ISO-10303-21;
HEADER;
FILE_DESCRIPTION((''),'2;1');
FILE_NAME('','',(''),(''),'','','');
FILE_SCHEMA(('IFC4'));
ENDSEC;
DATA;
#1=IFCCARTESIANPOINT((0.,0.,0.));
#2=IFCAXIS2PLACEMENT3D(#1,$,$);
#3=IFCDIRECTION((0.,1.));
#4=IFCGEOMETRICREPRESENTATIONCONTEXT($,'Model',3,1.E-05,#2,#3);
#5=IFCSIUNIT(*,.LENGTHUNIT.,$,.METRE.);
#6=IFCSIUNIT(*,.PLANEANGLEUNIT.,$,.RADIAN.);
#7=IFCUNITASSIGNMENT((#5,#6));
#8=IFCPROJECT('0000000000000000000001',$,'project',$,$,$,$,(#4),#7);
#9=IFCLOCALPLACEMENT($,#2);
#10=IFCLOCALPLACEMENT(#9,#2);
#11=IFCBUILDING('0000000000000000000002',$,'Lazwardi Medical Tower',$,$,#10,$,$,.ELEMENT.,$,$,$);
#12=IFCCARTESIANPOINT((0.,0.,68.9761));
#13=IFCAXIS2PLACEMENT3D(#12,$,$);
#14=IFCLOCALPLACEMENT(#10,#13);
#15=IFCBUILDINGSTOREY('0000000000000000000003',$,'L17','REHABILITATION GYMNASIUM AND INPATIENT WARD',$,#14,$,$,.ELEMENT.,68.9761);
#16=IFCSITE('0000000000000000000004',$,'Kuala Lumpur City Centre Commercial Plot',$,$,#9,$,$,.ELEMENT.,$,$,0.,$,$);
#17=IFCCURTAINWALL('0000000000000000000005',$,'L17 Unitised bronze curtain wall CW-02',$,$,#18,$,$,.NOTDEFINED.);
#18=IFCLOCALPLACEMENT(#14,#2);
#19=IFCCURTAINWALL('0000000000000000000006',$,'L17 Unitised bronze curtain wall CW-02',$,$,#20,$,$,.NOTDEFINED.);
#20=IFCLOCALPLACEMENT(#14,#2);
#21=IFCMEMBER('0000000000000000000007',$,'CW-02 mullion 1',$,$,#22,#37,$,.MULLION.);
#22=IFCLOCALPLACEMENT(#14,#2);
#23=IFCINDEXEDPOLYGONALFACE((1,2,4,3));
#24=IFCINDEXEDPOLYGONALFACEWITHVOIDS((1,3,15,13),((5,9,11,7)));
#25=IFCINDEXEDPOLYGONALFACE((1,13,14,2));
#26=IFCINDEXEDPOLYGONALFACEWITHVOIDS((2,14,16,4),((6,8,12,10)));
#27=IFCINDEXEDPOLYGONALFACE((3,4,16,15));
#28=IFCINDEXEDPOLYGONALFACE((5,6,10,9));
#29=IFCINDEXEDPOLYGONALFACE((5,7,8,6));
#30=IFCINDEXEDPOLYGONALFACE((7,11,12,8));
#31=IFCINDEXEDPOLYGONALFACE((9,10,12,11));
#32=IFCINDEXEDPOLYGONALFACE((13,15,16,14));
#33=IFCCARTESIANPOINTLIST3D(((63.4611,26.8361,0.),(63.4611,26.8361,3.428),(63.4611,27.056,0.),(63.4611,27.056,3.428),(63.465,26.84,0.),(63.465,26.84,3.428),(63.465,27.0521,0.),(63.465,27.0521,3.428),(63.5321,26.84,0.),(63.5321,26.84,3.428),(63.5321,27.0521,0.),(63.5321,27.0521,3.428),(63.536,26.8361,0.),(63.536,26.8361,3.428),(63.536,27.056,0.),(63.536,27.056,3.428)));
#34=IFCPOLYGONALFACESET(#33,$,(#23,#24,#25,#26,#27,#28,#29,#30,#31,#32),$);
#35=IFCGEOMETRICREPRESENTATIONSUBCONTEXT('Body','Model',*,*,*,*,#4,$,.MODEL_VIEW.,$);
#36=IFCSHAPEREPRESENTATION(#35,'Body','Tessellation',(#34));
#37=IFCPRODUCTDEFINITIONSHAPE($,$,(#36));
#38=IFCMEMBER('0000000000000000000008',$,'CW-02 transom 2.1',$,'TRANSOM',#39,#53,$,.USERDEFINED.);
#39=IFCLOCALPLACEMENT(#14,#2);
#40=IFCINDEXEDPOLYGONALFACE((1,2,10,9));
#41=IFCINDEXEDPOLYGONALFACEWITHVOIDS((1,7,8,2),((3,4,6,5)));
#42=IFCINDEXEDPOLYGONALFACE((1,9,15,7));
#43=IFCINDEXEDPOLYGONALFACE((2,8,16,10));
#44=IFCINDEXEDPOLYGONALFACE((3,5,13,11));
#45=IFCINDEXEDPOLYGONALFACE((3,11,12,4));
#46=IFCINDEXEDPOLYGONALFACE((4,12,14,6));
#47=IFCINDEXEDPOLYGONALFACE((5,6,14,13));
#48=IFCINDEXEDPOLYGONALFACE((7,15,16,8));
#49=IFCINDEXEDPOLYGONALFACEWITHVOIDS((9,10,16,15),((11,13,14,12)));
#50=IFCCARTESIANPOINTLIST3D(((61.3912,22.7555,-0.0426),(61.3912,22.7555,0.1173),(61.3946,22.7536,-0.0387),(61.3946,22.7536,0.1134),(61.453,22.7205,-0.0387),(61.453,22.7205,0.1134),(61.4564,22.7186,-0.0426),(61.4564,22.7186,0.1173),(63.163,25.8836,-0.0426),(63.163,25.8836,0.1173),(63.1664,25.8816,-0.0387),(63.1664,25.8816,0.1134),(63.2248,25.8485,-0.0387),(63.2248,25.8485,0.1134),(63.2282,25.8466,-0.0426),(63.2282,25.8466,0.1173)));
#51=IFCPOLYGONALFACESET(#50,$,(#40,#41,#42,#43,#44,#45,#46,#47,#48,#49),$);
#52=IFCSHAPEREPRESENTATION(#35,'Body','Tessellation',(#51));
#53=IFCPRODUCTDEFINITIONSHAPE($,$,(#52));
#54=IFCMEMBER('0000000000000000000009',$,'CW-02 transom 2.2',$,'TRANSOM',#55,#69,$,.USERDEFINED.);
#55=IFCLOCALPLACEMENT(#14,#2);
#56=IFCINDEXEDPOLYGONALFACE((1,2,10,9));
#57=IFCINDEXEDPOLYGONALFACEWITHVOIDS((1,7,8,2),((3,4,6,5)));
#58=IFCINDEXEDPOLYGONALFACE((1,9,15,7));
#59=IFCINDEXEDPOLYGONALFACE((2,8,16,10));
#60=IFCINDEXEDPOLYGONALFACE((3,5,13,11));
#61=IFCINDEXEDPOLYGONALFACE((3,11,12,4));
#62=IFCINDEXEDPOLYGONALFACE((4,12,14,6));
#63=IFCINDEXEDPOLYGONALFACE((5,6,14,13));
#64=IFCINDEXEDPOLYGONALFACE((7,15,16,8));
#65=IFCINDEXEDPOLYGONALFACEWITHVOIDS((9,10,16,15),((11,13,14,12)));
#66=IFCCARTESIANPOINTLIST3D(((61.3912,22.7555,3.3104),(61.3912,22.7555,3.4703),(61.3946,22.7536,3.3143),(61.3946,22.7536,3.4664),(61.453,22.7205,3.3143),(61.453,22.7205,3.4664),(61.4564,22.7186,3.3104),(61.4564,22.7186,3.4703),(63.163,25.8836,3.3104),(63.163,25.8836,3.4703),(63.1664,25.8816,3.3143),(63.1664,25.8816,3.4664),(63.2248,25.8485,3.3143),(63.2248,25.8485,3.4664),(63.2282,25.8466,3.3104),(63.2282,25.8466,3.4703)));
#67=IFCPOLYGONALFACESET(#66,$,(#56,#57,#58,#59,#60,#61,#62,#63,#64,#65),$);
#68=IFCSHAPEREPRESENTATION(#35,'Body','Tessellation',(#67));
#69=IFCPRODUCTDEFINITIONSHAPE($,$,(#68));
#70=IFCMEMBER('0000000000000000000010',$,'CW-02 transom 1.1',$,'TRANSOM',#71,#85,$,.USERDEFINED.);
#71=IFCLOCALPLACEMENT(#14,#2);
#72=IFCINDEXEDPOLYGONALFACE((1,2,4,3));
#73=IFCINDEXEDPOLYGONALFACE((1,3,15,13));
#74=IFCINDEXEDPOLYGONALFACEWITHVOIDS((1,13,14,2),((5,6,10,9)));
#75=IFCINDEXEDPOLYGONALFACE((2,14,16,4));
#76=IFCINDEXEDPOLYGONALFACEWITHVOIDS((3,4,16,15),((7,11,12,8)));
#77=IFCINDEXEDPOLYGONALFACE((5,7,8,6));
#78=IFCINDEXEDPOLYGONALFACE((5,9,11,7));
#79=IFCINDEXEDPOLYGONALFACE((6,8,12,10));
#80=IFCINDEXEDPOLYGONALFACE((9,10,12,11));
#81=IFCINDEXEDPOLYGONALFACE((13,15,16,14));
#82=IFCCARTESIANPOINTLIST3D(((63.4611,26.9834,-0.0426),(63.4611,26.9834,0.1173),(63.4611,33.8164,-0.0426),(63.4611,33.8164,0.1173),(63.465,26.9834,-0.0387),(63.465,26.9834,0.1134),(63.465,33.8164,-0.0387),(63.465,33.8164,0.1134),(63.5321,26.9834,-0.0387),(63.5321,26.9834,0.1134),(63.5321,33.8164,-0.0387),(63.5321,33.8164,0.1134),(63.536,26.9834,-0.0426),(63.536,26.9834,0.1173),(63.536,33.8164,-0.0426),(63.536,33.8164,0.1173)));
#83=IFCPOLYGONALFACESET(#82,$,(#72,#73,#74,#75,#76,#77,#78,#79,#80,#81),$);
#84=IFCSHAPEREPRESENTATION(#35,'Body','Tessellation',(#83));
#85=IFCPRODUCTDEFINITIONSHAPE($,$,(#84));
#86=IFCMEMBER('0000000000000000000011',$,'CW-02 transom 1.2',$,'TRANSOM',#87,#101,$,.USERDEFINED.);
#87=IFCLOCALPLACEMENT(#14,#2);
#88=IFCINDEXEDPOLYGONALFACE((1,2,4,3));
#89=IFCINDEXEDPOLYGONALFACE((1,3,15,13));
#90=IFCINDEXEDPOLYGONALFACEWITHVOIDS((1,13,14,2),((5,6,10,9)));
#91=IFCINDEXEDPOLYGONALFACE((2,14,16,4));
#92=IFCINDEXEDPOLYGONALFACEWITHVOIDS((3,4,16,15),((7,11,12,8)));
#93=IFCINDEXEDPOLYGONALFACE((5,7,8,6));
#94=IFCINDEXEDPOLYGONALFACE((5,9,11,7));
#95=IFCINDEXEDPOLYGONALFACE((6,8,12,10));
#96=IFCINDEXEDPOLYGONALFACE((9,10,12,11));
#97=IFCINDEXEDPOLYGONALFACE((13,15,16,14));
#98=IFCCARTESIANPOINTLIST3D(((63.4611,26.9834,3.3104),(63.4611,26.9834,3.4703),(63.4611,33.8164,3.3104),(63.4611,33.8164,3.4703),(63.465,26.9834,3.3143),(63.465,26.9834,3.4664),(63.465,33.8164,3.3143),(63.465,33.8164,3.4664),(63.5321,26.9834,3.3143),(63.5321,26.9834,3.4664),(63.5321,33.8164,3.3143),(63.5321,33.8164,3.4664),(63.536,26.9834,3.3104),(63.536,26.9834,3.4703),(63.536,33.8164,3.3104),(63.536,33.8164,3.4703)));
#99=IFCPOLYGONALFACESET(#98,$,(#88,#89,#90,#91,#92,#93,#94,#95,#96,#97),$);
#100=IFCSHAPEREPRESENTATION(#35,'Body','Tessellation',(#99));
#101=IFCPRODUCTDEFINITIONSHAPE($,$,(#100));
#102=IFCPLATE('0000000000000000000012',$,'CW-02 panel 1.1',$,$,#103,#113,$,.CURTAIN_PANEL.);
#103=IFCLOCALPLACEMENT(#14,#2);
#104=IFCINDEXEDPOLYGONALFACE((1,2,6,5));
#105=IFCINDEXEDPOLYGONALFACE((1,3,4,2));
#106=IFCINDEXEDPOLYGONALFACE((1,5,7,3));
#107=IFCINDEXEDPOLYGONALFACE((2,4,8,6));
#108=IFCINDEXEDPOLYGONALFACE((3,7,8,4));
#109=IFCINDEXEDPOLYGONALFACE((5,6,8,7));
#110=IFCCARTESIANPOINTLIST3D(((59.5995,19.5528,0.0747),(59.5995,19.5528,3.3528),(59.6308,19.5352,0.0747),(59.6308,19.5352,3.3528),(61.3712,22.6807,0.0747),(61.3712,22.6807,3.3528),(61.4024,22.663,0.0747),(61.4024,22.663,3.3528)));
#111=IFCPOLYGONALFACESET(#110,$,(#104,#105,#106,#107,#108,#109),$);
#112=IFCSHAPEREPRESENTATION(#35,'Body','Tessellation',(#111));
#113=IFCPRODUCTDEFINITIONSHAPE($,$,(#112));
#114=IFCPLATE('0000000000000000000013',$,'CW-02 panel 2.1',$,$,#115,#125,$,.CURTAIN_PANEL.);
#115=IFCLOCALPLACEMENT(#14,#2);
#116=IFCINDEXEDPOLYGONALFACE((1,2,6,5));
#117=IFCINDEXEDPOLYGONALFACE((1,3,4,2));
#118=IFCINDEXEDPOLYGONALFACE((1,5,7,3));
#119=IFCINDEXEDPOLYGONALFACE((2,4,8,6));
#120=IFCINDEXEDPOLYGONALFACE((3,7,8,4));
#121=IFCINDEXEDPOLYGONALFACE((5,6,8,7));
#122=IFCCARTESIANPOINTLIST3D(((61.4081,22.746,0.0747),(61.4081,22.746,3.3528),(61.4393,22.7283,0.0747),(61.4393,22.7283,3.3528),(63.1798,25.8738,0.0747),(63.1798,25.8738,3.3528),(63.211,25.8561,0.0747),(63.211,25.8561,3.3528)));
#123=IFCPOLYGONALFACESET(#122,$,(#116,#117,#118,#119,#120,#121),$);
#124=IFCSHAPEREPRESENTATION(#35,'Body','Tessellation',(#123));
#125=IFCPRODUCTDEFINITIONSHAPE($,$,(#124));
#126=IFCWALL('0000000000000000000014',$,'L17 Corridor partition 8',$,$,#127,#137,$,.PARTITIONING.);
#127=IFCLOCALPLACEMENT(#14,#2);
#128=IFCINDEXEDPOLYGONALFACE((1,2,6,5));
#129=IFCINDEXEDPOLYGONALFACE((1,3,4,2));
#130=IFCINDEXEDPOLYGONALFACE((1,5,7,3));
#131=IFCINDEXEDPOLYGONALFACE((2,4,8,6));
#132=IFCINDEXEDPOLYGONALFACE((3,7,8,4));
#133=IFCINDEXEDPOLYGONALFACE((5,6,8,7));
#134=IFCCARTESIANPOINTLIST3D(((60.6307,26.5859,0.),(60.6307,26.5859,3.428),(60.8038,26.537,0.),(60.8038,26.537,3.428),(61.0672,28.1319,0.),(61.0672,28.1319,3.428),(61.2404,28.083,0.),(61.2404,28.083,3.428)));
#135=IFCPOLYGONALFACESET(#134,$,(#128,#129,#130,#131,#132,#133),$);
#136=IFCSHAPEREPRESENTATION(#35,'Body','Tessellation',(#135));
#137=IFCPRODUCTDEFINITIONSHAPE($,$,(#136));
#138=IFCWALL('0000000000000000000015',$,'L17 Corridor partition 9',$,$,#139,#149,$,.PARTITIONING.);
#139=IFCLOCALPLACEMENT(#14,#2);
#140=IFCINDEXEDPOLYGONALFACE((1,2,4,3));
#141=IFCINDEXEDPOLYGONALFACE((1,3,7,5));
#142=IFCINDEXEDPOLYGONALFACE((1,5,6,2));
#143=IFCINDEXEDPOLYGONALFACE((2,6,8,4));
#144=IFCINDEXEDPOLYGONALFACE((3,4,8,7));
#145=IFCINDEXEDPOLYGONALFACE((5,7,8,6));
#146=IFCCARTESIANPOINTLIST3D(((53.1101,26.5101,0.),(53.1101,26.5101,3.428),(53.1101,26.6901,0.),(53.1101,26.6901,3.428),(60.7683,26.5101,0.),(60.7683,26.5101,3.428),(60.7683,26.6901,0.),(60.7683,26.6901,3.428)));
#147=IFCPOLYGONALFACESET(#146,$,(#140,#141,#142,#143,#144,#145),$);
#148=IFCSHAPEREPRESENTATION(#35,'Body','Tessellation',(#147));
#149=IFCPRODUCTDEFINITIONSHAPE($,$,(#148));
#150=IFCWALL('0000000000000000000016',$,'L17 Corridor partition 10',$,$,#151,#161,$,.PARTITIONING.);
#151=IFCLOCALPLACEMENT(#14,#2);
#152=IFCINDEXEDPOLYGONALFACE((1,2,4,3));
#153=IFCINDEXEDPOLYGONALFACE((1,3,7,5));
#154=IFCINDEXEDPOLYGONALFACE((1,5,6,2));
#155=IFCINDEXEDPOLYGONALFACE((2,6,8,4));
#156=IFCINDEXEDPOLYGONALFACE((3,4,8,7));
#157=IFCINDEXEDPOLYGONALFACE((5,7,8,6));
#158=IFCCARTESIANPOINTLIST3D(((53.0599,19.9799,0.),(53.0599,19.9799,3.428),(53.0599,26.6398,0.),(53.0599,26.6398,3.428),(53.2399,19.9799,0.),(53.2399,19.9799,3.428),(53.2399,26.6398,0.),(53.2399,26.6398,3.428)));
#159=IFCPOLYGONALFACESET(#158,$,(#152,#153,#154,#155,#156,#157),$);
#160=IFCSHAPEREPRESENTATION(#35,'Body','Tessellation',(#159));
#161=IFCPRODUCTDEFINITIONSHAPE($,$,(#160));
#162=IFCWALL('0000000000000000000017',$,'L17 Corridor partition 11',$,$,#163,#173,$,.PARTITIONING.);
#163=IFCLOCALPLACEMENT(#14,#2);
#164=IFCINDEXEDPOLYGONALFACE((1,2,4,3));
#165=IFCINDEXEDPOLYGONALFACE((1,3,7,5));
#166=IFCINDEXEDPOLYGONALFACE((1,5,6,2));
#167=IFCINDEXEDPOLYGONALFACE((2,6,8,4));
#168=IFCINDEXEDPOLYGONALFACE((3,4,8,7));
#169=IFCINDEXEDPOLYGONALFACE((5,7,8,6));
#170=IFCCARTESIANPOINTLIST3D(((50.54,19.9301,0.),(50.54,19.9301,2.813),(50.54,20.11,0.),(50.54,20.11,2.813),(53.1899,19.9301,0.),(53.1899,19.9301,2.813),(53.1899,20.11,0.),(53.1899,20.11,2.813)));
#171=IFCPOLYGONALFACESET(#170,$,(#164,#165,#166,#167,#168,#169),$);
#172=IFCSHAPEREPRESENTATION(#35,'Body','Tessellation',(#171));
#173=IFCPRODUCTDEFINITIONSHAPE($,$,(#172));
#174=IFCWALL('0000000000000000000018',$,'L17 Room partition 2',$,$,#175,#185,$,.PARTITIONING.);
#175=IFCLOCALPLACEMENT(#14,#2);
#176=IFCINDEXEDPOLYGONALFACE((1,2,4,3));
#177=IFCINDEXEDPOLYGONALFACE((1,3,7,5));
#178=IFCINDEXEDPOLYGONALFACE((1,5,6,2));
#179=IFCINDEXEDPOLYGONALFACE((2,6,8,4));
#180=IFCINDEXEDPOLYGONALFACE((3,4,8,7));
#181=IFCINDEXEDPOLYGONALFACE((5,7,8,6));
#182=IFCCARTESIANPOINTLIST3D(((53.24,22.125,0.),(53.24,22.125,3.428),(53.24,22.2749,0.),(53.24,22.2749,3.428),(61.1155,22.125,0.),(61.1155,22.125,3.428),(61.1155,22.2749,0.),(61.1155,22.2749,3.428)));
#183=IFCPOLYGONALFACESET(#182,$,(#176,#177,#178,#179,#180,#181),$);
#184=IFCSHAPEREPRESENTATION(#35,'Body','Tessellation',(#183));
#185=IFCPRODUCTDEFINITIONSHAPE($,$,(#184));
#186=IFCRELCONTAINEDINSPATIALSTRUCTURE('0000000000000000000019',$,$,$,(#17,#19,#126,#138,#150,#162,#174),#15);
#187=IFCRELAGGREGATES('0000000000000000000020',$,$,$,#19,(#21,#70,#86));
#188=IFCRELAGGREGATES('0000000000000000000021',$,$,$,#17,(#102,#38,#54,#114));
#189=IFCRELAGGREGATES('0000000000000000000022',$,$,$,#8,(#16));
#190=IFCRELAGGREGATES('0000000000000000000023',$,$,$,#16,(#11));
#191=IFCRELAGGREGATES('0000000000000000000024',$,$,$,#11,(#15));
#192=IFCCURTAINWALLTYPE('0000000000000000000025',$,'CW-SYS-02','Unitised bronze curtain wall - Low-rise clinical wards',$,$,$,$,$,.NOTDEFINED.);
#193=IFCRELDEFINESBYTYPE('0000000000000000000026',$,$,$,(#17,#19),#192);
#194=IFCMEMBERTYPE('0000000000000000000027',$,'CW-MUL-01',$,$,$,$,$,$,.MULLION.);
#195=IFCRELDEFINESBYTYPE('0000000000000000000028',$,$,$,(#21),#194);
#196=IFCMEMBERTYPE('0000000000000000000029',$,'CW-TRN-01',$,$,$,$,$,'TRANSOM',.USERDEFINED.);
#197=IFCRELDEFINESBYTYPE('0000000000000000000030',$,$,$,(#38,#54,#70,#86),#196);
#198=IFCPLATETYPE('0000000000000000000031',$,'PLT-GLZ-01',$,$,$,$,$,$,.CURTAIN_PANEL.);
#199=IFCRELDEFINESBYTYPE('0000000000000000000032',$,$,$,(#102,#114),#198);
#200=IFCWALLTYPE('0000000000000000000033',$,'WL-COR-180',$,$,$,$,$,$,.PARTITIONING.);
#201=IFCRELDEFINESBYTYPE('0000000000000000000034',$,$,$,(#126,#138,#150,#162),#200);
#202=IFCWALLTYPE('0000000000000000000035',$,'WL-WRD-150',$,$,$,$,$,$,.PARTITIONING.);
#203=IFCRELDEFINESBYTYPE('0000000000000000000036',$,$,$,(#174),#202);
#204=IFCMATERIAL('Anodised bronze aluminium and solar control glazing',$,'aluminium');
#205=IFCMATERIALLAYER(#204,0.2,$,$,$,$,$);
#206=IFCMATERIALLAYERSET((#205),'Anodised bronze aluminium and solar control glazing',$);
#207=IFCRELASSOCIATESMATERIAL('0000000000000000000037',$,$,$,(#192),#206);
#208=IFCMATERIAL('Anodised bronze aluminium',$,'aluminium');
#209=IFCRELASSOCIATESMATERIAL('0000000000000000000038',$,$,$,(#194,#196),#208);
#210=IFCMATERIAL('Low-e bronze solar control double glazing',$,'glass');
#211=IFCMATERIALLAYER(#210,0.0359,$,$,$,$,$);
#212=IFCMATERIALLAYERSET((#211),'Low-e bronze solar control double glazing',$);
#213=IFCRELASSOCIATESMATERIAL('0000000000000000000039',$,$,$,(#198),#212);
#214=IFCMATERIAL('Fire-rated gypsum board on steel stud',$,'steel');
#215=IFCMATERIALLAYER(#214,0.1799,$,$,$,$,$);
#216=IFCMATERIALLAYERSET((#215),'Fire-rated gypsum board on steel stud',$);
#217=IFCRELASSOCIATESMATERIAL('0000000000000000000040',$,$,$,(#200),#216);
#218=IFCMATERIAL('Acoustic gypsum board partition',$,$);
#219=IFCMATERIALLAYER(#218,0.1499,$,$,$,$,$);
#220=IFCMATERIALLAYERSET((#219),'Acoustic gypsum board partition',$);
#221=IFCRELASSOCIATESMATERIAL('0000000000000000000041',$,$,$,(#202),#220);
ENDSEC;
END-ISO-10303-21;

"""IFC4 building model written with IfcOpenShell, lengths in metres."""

from ifc_helpers import new_model, si_unit, direction, frame, frame_2d, origin, origin_2d, place, context, subcontext, project, spatial, rectangle, hollow_rectangle, extrude, material, layer, layer_set, material_profile, profile_set, type_object, element, aggregate, save


model = new_model("IFC4")

# Units and contexts
model_context = context("Model", 3, precision=1e-05, world=origin(), true_north=direction((0.0, 1.0)))
body_context = subcontext(model_context, "Body", "Model", "MODEL_VIEW")
ifc_project = project(units=[si_unit("LENGTHUNIT", "METRE"), si_unit("PLANEANGLEUNIT", "RADIAN")], contexts=[model_context])

# Site, building, storey
site_placement = place(None, origin())
site = spatial("IfcSite", under=ifc_project, at=site_placement, Name="Kuala Lumpur City Centre Commercial Plot", CompositionType="ELEMENT", RefElevation=0.0)
building_placement = place(site_placement, origin())
building = spatial("IfcBuilding", under=site, at=building_placement, Name="Lazwardi Medical Tower", CompositionType="ELEMENT")
storey_placement = place(building_placement, frame((0.0, 0.0, 68.9761)))
storey = spatial("IfcBuildingStorey", under=building, at=storey_placement, Name="L17", Description="REHABILITATION GYMNASIUM AND INPATIENT WARD", CompositionType="ELEMENT", Elevation=68.9761)

# Curtain wall
ifc_material_1 = material(Name="Anodised bronze aluminium and solar control glazing", Category="aluminium")
ifc_layer_1 = layer(ifc_material_1, 0.2)
ifc_layer_set_1 = layer_set([ifc_layer_1], Name="Anodised bronze aluminium and solar control glazing")
curtain_wall_type = type_object("IfcCurtainWallType", Name="CW-SYS-02", Description="Unitised bronze curtain wall - Low-rise clinical wards", PredefinedType="NOTDEFINED", material=ifc_layer_set_1)
curtain_wall_1_placement = place(storey_placement, origin())
curtain_wall_1 = element("IfcCurtainWall", 1, at=curtain_wall_1_placement, inside=storey, type_object=curtain_wall_type, Name="L17 Unitised bronze curtain wall CW-02", PredefinedType="NOTDEFINED")
ifc_material_2 = material(Name="Anodised bronze aluminium", Category="aluminium")
ifc_material_profile_1 = material_profile(ifc_material_2, hollow_rectangle(XDim=0.075, YDim=0.22, WallThickness=0.0039, at=origin_2d()), Name="ALU-MULLION 220x75x4")
ifc_profile_set_1 = profile_set([ifc_material_profile_1], Name="Anodised bronze aluminium")
member_type_1 = type_object("IfcMemberType", Name="CW-MUL-01", PredefinedType="MULLION", material=ifc_profile_set_1)

# Curtain wall, member
curtain_wall_2_placement = place(storey_placement, origin())
curtain_wall_2 = element("IfcCurtainWall", 2, at=curtain_wall_2_placement, inside=storey, type_object=curtain_wall_type, Name="L17 Unitised bronze curtain wall CW-02", PredefinedType="NOTDEFINED")
member_1_placement = place(storey_placement, frame((63.4985, 26.946, 0.0), z_axis=(0.0, 0.0, 1.0), x_axis=(-1.0, 0.0, 0.0)))
member_1 = element("IfcMember", 3, at=member_1_placement, type_object=member_type_1, Name="CW-02 mullion 1", PredefinedType="MULLION", context=body_context, shape_type="SweptSolid", body=[
    extrude(hollow_rectangle(XDim=0.075, YDim=0.22, WallThickness=0.0039, at=origin_2d()), origin(), (0.0, 0.0, 1.0), 3.428),
])

# Members
ifc_material_profile_2 = material_profile(ifc_material_2, hollow_rectangle(XDim=0.075, YDim=0.1599, WallThickness=0.0039, at=origin_2d()), Name="ALU-TRANSOM 160x75x4")
ifc_profile_set_2 = profile_set([ifc_material_profile_2], Name="Anodised bronze aluminium")
member_type_2 = type_object("IfcMemberType", Name="CW-TRN-01", ElementType="TRANSOM", PredefinedType="USERDEFINED", material=ifc_profile_set_2)
member_2_placement = place(storey_placement, frame((61.4238, 22.7371, 0.0374), z_axis=(0.492851, 0.870113, 0.0), x_axis=(-0.870113, 0.492851, 0.0)))
member_2 = element("IfcMember", 4, at=member_2_placement, type_object=member_type_2, Name="CW-02 transom 2.1", ObjectType="TRANSOM", PredefinedType="USERDEFINED", context=body_context, shape_type="SweptSolid", body=[
    extrude(hollow_rectangle(XDim=0.075, YDim=0.1599, WallThickness=0.0039, at=origin_2d()), origin(), (0.0, 0.0, 1.0), 3.595),
])
member_3_placement = place(storey_placement, frame((61.4238, 22.7371, 3.3904), z_axis=(0.492851, 0.870113, 0.0), x_axis=(-0.870113, 0.492851, 0.0)))
member_3 = element("IfcMember", 5, at=member_3_placement, type_object=member_type_2, Name="CW-02 transom 2.2", ObjectType="TRANSOM", PredefinedType="USERDEFINED", context=body_context, shape_type="SweptSolid", body=[
    extrude(hollow_rectangle(XDim=0.075, YDim=0.1599, WallThickness=0.0039, at=origin_2d()), origin(), (0.0, 0.0, 1.0), 3.595),
])
member_4_placement = place(storey_placement, frame((63.4985, 26.9834, 0.0374), z_axis=(0.0, 1.0, 0.0), x_axis=(-1.0, 0.0, 0.0)))
member_4 = element("IfcMember", 6, at=member_4_placement, type_object=member_type_2, Name="CW-02 transom 1.1", ObjectType="TRANSOM", PredefinedType="USERDEFINED", context=body_context, shape_type="SweptSolid", body=[
    extrude(hollow_rectangle(XDim=0.075, YDim=0.1599, WallThickness=0.0039, at=origin_2d()), origin(), (0.0, 0.0, 1.0), 6.833),
])
member_5_placement = place(storey_placement, frame((63.4985, 26.9834, 3.3904), z_axis=(0.0, 1.0, 0.0), x_axis=(-1.0, 0.0, 0.0)))
member_5 = element("IfcMember", 7, at=member_5_placement, type_object=member_type_2, Name="CW-02 transom 1.2", ObjectType="TRANSOM", PredefinedType="USERDEFINED", context=body_context, shape_type="SweptSolid", body=[
    extrude(hollow_rectangle(XDim=0.075, YDim=0.1599, WallThickness=0.0039, at=origin_2d()), origin(), (0.0, 0.0, 1.0), 6.833),
])
aggregate(curtain_wall_2, [member_1, member_4, member_5])

# Plates
ifc_material_3 = material(Name="Low-e bronze solar control double glazing", Category="glass")
ifc_layer_2 = layer(ifc_material_3, 0.0359)
ifc_layer_set_2 = layer_set([ifc_layer_2], Name="Low-e bronze solar control double glazing")
plate_type = type_object("IfcPlateType", Name="PLT-GLZ-01", PredefinedType="CURTAIN_PANEL", material=ifc_layer_set_2)
plate_1_placement = place(storey_placement, frame((60.501, 21.1079, 0.0747), z_axis=(0.0, 0.0, 1.0), x_axis=(0.492854, 0.870112, 0.0)))
plate_1 = element("IfcPlate", 8, at=plate_1_placement, type_object=plate_type, Name="CW-02 panel 1.1", PredefinedType="CURTAIN_PANEL", context=body_context, shape_type="SweptSolid", body=[
    extrude(rectangle(XDim=3.5947, YDim=0.0359, at=origin_2d()), origin(), (0.0, 0.0, 1.0), 3.2781),
])
plate_2_placement = place(storey_placement, frame((62.3096, 24.301, 0.0747), z_axis=(0.0, 0.0, 1.0), x_axis=(0.492854, 0.870112, 0.0)))
plate_2 = element("IfcPlate", 9, at=plate_2_placement, type_object=plate_type, Name="CW-02 panel 2.1", PredefinedType="CURTAIN_PANEL", context=body_context, shape_type="SweptSolid", body=[
    extrude(rectangle(XDim=3.5947, YDim=0.0359, at=origin_2d()), origin(), (0.0, 0.0, 1.0), 3.2781),
])
aggregate(curtain_wall_1, [plate_1, member_2, member_3, plate_2])

# Walls
ifc_material_4 = material(Name="Fire-rated gypsum board on steel stud", Category="steel")
ifc_layer_3 = layer(ifc_material_4, 0.1799)
ifc_layer_set_3 = layer_set([ifc_layer_3], Name="Fire-rated gypsum board on steel stud")
wall_type_1 = type_object("IfcWallType", Name="WL-COR-180", PredefinedType="PARTITIONING", material=ifc_layer_set_3)
wall_1_placement = place(storey_placement, frame((61.1538, 28.1074, 0.0), z_axis=(0.0, 0.0, 1.0), x_axis=(-0.271749, -0.962368, 0.0)))
element("IfcWall", 10, at=wall_1_placement, inside=storey, type_object=wall_type_1, Name="L17 Corridor partition 8", PredefinedType="PARTITIONING", context=body_context, shape_type="SweptSolid", body=[
    extrude(rectangle(XDim=1.6064, YDim=0.1799, at=frame_2d((0.8032, 0.0))), origin(), (0.0, 0.0, 1.0), 3.428),
])
wall_2_placement = place(storey_placement, frame((60.7683, 26.6001, 0.0), z_axis=(0.0, 0.0, 1.0), x_axis=(-1.0, 0.0, 0.0)))
element("IfcWall", 11, at=wall_2_placement, inside=storey, type_object=wall_type_1, Name="L17 Corridor partition 9", PredefinedType="PARTITIONING", context=body_context, shape_type="SweptSolid", body=[
    extrude(rectangle(XDim=7.6582, YDim=0.1799, at=frame_2d((3.8291, 0.0))), origin(), (0.0, 0.0, 1.0), 3.428),
])
wall_3_placement = place(storey_placement, frame((53.1499, 26.6399, 0.0), z_axis=(0.0, 0.0, 1.0), x_axis=(0.0, -1.0, 0.0)))
element("IfcWall", 12, at=wall_3_placement, inside=storey, type_object=wall_type_1, Name="L17 Corridor partition 10", PredefinedType="PARTITIONING", context=body_context, shape_type="SweptSolid", body=[
    extrude(rectangle(XDim=6.6599, YDim=0.1799, at=frame_2d((3.3301, 0.0))), origin(), (0.0, 0.0, 1.0), 3.428),
])
wall_4_placement = place(storey_placement, frame((53.1899, 20.02, 0.0), z_axis=(0.0, 0.0, 1.0), x_axis=(-1.0, 0.0, 0.0)))
element("IfcWall", 13, at=wall_4_placement, inside=storey, type_object=wall_type_1, Name="L17 Corridor partition 11", PredefinedType="PARTITIONING", context=body_context, shape_type="SweptSolid", body=[
    extrude(rectangle(XDim=2.6499, YDim=0.1799, at=frame_2d((1.325, 0.0))), origin(), (0.0, 0.0, 1.0), 2.813),
])
ifc_material_5 = material(Name="Acoustic gypsum board partition")
ifc_layer_4 = layer(ifc_material_5, 0.1499)
ifc_layer_set_4 = layer_set([ifc_layer_4], Name="Acoustic gypsum board partition")
wall_type_2 = type_object("IfcWallType", Name="WL-WRD-150", PredefinedType="PARTITIONING", material=ifc_layer_set_4)
wall_5_placement = place(storey_placement, frame((53.24, 22.2, 0.0), z_axis=(0.0, 0.0, 1.0), x_axis=(1.0, 0.0, 0.0)))
element("IfcWall", 14, at=wall_5_placement, inside=storey, type_object=wall_type_2, Name="L17 Room partition 2", PredefinedType="PARTITIONING", context=body_context, shape_type="SweptSolid", body=[
    extrude(rectangle(XDim=7.8755, YDim=0.1499, at=frame_2d((3.9377, 0.0))), origin(), (0.0, 0.0, 1.0), 3.428),
])

save(model, "model.ifc")
